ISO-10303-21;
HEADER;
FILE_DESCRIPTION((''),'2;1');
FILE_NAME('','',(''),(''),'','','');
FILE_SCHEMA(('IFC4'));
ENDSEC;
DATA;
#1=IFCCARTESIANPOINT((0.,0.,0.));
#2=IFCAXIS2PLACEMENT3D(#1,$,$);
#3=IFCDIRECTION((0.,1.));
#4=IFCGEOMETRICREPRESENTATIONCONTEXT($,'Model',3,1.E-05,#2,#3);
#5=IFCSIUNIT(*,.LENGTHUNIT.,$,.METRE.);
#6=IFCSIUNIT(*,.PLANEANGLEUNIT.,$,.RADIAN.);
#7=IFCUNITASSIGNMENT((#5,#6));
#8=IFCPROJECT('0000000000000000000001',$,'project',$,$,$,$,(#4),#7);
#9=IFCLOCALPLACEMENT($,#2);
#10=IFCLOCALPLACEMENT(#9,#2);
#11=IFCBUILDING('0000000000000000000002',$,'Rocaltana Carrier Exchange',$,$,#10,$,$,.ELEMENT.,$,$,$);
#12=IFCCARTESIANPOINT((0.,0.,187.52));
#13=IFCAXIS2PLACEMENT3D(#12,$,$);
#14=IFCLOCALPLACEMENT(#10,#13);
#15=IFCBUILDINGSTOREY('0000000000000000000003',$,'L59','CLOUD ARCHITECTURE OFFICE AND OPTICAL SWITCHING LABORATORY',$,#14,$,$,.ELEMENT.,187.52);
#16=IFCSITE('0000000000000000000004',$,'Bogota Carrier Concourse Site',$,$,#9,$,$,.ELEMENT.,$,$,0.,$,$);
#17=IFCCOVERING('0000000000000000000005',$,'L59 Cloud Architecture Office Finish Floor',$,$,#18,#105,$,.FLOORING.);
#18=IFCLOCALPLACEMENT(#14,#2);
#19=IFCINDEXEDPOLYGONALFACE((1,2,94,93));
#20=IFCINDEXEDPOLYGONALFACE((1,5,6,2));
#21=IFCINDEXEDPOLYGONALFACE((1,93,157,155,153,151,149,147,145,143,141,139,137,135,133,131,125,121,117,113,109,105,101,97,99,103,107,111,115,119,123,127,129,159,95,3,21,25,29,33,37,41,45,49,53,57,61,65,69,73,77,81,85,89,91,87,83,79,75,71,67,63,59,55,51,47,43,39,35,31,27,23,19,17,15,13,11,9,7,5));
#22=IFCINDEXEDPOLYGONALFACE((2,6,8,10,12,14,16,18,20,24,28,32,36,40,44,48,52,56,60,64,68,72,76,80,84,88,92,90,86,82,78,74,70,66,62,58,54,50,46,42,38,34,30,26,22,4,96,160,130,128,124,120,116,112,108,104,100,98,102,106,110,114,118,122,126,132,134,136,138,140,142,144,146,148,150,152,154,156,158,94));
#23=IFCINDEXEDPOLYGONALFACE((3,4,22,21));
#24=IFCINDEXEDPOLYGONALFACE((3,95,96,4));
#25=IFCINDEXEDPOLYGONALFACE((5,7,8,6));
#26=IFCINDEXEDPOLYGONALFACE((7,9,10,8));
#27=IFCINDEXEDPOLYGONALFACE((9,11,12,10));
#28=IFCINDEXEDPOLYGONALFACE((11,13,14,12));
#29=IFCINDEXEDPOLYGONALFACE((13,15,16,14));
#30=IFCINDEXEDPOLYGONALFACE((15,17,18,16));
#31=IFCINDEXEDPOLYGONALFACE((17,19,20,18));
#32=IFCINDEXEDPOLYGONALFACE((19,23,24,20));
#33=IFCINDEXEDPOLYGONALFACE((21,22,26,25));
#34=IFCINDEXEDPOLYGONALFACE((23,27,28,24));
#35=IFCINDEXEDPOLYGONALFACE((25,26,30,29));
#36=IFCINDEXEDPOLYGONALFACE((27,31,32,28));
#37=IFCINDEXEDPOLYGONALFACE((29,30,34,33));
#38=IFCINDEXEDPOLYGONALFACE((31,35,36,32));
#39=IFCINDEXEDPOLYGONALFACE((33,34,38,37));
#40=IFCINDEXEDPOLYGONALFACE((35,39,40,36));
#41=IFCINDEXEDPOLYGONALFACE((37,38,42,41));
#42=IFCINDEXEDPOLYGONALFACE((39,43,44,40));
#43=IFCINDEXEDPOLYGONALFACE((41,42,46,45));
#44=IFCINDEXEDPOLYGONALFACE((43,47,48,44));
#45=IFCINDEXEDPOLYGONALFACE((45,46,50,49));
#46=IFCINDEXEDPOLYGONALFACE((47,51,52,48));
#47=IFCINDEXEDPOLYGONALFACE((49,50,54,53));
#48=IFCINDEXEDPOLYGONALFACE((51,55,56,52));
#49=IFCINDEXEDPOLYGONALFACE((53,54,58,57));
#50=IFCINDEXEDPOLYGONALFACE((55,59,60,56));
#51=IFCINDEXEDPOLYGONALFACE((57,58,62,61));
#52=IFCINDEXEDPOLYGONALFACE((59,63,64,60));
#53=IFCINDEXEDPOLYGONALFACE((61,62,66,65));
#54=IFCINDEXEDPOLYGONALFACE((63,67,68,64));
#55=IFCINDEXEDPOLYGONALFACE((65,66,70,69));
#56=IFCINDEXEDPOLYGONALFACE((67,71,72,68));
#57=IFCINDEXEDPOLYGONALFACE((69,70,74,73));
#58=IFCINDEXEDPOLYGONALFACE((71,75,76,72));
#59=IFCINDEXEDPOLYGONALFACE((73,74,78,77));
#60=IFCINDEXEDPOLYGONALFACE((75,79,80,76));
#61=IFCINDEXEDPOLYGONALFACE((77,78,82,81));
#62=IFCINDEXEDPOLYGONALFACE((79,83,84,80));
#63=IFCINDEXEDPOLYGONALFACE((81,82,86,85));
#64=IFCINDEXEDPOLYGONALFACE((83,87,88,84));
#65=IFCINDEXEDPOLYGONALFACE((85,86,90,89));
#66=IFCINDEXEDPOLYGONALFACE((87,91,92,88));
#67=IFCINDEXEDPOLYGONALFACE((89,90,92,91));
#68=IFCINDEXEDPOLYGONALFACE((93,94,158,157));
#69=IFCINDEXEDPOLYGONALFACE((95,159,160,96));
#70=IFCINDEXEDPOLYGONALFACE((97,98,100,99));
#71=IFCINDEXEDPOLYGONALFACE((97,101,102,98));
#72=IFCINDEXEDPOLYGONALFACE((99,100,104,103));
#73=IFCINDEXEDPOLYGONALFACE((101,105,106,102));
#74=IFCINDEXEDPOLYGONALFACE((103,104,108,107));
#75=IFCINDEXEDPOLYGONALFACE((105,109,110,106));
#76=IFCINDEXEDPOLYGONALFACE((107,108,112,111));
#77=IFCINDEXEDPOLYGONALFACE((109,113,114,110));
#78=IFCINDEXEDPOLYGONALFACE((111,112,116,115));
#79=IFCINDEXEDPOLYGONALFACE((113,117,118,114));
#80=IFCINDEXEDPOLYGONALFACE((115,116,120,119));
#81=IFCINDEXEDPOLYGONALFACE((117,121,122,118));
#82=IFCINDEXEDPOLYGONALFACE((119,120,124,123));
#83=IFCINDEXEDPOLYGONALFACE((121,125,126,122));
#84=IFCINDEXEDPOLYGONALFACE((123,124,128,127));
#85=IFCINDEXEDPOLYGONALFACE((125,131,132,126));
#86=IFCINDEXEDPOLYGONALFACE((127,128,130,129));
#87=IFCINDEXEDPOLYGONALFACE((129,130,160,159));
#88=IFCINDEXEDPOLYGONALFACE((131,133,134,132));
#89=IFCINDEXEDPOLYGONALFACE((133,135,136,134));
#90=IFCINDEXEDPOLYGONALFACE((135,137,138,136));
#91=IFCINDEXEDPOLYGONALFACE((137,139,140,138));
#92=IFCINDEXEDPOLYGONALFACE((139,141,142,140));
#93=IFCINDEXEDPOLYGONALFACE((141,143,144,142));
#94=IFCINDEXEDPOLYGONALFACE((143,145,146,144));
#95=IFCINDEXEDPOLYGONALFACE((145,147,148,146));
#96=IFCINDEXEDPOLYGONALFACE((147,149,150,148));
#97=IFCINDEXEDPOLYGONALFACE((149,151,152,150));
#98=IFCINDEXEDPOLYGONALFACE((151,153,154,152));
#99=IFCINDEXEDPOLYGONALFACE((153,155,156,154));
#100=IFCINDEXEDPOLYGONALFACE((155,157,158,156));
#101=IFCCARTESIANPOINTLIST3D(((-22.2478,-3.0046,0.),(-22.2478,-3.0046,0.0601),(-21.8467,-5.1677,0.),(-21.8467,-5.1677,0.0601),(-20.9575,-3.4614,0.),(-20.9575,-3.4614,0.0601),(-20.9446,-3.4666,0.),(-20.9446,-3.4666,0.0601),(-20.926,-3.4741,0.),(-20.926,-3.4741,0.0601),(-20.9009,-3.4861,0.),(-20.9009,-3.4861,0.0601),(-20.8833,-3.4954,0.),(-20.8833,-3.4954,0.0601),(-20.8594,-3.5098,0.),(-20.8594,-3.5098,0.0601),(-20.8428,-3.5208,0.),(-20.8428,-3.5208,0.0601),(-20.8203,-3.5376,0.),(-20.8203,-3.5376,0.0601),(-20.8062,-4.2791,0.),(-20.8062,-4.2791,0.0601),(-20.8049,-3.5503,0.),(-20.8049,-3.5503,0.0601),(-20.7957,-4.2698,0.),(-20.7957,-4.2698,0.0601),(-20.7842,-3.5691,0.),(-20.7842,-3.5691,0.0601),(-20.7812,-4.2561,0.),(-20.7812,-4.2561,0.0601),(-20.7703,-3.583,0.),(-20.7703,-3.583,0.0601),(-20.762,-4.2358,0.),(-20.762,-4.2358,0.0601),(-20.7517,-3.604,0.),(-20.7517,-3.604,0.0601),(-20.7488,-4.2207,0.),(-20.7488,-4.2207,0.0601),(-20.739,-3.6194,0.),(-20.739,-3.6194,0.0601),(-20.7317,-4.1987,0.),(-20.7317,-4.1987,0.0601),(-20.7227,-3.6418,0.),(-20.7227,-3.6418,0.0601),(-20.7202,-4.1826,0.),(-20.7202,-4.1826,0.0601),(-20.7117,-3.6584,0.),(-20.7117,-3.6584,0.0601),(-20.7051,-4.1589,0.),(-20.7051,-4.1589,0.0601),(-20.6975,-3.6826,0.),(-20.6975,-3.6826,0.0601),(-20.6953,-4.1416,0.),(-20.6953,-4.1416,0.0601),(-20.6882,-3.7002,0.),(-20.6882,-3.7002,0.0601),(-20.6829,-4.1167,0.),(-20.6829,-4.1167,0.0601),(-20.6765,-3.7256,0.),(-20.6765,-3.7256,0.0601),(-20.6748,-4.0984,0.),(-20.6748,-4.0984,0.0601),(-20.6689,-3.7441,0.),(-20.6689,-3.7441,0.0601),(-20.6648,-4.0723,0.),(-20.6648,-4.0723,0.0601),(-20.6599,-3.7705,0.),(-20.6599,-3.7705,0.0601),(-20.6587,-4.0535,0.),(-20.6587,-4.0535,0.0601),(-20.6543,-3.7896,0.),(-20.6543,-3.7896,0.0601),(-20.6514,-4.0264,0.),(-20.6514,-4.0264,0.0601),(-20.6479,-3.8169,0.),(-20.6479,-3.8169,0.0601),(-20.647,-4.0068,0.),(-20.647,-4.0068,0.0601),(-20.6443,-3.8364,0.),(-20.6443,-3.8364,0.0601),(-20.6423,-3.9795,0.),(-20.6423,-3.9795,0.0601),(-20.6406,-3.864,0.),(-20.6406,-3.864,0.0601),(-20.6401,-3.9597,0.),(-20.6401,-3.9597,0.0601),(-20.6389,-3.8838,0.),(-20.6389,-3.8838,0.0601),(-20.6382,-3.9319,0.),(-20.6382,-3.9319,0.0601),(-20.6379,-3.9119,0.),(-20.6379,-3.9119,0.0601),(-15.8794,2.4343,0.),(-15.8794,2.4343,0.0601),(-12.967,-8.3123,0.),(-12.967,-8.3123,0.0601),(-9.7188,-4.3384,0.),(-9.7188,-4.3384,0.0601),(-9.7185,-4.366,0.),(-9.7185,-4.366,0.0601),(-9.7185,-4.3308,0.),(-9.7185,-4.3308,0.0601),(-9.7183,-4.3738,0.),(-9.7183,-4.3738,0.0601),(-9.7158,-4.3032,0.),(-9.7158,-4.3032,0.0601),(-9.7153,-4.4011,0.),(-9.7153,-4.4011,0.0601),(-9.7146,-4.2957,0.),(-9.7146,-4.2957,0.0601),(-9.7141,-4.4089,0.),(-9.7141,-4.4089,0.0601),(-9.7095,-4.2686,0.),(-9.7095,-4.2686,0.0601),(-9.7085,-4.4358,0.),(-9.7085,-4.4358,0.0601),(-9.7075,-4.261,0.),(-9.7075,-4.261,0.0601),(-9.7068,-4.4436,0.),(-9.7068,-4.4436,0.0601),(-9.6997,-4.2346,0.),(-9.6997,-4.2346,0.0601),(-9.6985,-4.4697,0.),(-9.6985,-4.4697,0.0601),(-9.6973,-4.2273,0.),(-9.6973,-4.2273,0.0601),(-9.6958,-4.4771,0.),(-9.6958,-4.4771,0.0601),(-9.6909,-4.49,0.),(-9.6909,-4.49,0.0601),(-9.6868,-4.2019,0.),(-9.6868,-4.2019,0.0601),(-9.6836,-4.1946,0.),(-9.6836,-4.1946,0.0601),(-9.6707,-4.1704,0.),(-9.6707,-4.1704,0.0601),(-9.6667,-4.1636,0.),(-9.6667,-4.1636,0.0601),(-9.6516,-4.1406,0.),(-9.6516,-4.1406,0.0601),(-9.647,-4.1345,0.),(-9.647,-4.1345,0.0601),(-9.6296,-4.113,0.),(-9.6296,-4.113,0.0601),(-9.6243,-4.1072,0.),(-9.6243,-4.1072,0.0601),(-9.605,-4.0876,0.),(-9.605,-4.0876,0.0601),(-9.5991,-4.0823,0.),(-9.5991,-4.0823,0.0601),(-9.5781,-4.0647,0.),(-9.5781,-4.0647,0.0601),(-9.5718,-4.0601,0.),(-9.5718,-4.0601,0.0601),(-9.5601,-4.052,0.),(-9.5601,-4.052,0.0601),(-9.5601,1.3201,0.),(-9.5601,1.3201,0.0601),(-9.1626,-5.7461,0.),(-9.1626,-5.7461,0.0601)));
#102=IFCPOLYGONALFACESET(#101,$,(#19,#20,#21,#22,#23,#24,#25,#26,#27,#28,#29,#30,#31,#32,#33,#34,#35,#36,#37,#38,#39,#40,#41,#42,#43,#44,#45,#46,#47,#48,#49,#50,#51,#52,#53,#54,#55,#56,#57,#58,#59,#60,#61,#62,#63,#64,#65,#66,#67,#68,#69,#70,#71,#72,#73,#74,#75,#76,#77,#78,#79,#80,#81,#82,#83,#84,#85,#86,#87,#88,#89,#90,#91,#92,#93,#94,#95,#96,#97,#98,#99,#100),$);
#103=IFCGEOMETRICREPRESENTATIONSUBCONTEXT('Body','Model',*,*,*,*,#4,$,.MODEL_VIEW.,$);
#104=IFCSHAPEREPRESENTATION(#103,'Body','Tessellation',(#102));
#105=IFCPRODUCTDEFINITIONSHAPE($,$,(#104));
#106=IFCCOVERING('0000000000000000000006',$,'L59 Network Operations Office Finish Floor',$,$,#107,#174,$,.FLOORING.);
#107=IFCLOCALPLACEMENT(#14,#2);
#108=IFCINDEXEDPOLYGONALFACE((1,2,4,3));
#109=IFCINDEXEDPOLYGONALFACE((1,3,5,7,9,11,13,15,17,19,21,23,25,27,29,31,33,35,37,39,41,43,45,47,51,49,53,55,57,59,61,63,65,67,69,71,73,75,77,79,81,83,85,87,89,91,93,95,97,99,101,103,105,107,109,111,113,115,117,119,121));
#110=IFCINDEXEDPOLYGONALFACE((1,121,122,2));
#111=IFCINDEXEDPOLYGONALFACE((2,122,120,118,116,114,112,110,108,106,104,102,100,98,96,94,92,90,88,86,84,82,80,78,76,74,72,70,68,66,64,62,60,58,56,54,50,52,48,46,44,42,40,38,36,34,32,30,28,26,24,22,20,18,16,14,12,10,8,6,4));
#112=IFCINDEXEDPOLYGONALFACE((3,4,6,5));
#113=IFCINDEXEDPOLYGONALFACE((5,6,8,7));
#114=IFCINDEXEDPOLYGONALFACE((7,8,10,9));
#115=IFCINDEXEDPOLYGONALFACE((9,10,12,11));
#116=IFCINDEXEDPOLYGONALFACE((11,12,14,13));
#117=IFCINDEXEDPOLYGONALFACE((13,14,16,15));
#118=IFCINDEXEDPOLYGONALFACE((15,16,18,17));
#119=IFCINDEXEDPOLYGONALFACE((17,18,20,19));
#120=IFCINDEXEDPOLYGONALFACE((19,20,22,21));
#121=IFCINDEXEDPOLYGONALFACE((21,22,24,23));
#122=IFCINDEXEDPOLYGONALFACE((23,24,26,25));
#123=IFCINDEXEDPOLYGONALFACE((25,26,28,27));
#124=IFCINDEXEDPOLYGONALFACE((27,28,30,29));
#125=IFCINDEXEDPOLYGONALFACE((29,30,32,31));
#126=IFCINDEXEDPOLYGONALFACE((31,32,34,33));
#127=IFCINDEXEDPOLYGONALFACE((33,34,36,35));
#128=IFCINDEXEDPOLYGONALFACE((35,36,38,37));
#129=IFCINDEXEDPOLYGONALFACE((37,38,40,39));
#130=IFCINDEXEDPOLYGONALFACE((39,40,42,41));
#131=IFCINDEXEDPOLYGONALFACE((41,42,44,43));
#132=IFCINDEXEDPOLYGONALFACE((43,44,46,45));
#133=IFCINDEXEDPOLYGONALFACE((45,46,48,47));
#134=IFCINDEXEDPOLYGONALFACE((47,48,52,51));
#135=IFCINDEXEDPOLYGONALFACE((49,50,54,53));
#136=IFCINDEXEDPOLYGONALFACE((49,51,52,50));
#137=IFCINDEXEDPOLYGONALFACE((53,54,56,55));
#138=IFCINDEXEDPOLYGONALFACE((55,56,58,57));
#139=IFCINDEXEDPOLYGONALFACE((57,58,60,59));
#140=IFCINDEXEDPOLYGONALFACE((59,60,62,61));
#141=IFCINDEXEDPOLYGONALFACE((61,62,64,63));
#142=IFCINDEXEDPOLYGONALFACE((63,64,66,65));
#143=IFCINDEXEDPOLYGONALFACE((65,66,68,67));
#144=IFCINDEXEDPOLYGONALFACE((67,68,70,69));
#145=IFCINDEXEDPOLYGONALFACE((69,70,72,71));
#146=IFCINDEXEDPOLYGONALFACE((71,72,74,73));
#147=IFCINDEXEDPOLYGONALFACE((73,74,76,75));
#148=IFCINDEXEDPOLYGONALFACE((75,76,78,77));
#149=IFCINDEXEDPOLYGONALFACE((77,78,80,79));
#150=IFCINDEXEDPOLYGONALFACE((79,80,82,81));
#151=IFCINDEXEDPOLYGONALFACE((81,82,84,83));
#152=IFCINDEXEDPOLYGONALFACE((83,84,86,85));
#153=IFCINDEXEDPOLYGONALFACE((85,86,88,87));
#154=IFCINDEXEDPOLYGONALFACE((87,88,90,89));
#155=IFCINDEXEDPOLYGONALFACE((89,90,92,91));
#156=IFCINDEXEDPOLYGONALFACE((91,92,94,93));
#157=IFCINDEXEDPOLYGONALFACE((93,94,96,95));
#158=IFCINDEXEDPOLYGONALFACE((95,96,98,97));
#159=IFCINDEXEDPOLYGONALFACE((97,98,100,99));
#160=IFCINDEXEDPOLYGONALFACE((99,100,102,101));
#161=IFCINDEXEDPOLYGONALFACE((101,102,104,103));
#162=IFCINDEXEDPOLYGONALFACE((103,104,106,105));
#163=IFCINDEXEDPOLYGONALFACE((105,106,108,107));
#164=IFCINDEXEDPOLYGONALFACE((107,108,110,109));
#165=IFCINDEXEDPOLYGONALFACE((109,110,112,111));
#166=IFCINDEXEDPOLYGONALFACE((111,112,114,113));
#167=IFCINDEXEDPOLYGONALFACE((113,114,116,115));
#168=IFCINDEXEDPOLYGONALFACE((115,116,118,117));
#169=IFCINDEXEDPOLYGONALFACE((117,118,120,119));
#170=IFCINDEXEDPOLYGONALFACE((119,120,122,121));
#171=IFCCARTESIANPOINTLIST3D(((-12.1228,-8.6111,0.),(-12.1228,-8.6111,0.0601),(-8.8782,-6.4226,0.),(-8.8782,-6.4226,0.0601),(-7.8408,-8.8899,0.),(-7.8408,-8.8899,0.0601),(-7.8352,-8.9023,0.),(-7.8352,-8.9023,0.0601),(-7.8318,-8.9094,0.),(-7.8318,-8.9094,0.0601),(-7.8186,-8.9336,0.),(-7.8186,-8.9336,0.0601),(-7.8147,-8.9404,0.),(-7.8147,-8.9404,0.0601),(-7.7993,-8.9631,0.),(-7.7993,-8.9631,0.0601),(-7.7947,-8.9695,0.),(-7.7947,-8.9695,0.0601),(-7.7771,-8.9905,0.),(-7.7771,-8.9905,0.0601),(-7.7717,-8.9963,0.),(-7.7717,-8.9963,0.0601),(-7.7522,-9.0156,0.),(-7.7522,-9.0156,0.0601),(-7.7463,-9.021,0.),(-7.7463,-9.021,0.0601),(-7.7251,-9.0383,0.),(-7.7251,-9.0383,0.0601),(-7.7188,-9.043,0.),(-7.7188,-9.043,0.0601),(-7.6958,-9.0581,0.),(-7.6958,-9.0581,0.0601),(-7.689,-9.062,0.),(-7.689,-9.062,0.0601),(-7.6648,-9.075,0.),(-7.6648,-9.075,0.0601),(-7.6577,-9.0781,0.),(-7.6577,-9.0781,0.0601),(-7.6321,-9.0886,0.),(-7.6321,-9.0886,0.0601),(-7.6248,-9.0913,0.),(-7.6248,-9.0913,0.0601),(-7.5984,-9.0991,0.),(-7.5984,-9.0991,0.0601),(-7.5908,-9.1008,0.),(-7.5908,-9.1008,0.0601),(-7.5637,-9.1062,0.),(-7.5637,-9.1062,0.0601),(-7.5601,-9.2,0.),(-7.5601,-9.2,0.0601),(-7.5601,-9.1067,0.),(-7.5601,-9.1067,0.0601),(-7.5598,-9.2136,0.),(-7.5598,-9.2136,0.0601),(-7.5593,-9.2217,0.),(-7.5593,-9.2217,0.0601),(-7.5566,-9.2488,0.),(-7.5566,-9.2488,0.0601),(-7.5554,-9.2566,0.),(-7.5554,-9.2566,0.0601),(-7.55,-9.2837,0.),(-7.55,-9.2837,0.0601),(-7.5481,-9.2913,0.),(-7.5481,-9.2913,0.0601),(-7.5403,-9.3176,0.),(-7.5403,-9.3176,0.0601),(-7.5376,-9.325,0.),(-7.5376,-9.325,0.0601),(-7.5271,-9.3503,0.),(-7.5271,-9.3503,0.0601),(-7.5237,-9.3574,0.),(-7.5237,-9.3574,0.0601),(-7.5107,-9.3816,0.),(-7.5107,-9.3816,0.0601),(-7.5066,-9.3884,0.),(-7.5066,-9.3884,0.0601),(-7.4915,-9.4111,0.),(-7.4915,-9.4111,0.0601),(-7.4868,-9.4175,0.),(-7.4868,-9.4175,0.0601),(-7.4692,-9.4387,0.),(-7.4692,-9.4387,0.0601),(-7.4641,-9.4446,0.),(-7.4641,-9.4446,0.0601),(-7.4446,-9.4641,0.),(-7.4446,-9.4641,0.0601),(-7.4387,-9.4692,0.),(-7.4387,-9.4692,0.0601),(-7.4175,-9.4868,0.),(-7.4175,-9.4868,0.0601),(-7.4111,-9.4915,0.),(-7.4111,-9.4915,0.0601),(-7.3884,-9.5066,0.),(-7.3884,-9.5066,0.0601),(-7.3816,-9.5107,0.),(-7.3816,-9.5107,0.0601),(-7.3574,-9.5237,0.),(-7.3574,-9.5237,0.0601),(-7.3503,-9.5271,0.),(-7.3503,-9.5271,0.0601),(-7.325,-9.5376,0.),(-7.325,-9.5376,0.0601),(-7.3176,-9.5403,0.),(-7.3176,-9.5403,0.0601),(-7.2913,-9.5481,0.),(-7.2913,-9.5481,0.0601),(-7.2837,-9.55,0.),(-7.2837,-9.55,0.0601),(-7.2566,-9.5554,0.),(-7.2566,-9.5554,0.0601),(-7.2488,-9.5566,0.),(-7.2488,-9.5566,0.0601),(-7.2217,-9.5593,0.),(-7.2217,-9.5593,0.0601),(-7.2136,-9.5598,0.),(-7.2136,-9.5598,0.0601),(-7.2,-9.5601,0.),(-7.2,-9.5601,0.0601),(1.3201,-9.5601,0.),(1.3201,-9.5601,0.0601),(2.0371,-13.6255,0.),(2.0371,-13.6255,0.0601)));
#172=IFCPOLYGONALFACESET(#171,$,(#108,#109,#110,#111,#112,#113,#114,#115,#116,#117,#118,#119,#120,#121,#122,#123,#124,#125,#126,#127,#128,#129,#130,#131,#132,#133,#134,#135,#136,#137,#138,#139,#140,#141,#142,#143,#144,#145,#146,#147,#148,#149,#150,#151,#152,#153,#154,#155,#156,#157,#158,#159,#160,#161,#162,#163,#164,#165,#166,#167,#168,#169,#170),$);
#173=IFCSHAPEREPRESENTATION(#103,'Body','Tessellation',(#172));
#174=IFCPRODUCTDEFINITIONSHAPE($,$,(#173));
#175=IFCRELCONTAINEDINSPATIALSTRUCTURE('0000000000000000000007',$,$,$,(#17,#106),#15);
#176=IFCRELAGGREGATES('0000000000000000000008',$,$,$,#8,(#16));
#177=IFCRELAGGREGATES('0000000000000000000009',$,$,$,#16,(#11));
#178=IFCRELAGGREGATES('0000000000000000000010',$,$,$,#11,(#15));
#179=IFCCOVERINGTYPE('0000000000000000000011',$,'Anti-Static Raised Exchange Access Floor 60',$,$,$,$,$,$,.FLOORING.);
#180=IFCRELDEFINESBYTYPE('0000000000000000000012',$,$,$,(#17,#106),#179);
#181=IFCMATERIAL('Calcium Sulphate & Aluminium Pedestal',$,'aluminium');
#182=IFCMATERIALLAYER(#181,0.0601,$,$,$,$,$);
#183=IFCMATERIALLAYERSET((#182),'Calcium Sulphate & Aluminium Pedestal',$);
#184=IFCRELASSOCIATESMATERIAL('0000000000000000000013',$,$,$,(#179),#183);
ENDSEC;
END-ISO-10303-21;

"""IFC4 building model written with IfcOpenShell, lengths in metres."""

from ifc_helpers import new_model, si_unit, direction, frame, origin, place, context, subcontext, project, spatial, polyline, outline, extrude, material, layer, layer_set, type_object, element, save


model = new_model("IFC4")

# Units and contexts
model_context = context("Model", 3, precision=1e-05, world=origin(), true_north=direction((0.0, 1.0)))
body_context = subcontext(model_context, "Body", "Model", "MODEL_VIEW")
ifc_project = project(units=[si_unit("LENGTHUNIT", "METRE"), si_unit("PLANEANGLEUNIT", "RADIAN")], contexts=[model_context])

# Site, building, storey
site_placement = place(None, origin())
site = spatial("IfcSite", under=ifc_project, at=site_placement, Name="Bogota Carrier Concourse Site", CompositionType="ELEMENT", RefElevation=0.0)
building_placement = place(site_placement, origin())
building = spatial("IfcBuilding", under=site, at=building_placement, Name="Rocaltana Carrier Exchange", CompositionType="ELEMENT")
storey_placement = place(building_placement, frame((0.0, 0.0, 187.52)))
storey = spatial("IfcBuildingStorey", under=building, at=storey_placement, Name="L59", Description="CLOUD ARCHITECTURE OFFICE AND OPTICAL SWITCHING LABORATORY", CompositionType="ELEMENT", Elevation=187.52)

# Coverings
ifc_material_1 = material(Name="Calcium Sulphate & Aluminium Pedestal", Category="aluminium")
ifc_layer_1 = layer(ifc_material_1, 0.0601)
ifc_layer_set_1 = layer_set([ifc_layer_1], Name="Calcium Sulphate & Aluminium Pedestal")
covering_type_1 = type_object("IfcCoveringType", Name="Anti-Static Raised Exchange Access Floor 60", PredefinedType="FLOORING", material=ifc_layer_set_1)
covering_1_placement = place(storey_placement, origin())
element("IfcCovering", 1, at=covering_1_placement, inside=storey, type_object=covering_type_1, Name="L59 Cloud Architecture Office Finish Floor", PredefinedType="FLOORING", context=body_context, shape_type="SweptSolid", body=[
    extrude(outline(polyline([(-20.8062, -4.2791), (-20.7957, -4.2698), (-20.7812, -4.2561), (-20.762, -4.2358), (-20.7488, -4.2207), (-20.7317, -4.1987), (-20.7202, -4.1826), (-20.7051, -4.1589), (-20.6953, -4.1416), (-20.6829, -4.1167), (-20.6748, -4.0984), (-20.6648, -4.0723), (-20.6587, -4.0535), (-20.6514, -4.0264), (-20.647, -4.0068), (-20.6423, -3.9795), (-20.6401, -3.9597), (-20.6382, -3.9319), (-20.6379, -3.9119), (-20.6389, -3.8838), (-20.6406, -3.864), (-20.6443, -3.8364), (-20.6479, -3.8169), (-20.6543, -3.7896), (-20.6599, -3.7705), (-20.6689, -3.7441), (-20.6765, -3.7256), (-20.6882, -3.7002), (-20.6975, -3.6826), (-20.7117, -3.6584), (-20.7227, -3.6418), (-20.739, -3.6194), (-20.7517, -3.604), (-20.7703, -3.583), (-20.7842, -3.5691), (-20.8049, -3.5503), (-20.8203, -3.5376), (-20.8428, -3.5208), (-20.8594, -3.5098), (-20.8833, -3.4954), (-20.9009, -3.4861), (-20.926, -3.4741), (-20.9446, -3.4666), (-20.9575, -3.4614), (-22.2478, -3.0046), (-15.8794, 2.4343), (-9.5601, 1.3201), (-9.5601, -4.052), (-9.5718, -4.0601), (-9.5781, -4.0647), (-9.5991, -4.0823), (-9.605, -4.0876), (-9.6243, -4.1072), (-9.6296, -4.113), (-9.647, -4.1345), (-9.6516, -4.1406), (-9.6667, -4.1636), (-9.6707, -4.1704), (-9.6836, -4.1946), (-9.6868, -4.2019), (-9.6973, -4.2273), (-9.6997, -4.2346), (-9.7075, -4.261), (-9.7095, -4.2686), (-9.7146, -4.2957), (-9.7158, -4.3032), (-9.7185, -4.3308), (-9.7188, -4.3384), (-9.7185, -4.366), (-9.7183, -4.3738), (-9.7153, -4.4011), (-9.7141, -4.4089), (-9.7085, -4.4358), (-9.7068, -4.4436), (-9.6985, -4.4697), (-9.6958, -4.4771), (-9.6909, -4.49), (-9.1626, -5.7461), (-12.967, -8.3123), (-21.8467, -5.1677), (-20.8062, -4.2791)])), origin(), (0.0, 0.0, 1.0), 0.0601),
])
covering_2_placement = place(storey_placement, origin())
element("IfcCovering", 2, at=covering_2_placement, inside=storey, type_object=covering_type_1, Name="L59 Network Operations Office Finish Floor", PredefinedType="FLOORING", context=body_context, shape_type="SweptSolid", body=[
    extrude(outline(polyline([(-12.1228, -8.6111), (-8.8782, -6.4226), (-7.8408, -8.8899), (-7.8352, -8.9023), (-7.8318, -8.9094), (-7.8186, -8.9336), (-7.8147, -8.9404), (-7.7993, -8.9631), (-7.7947, -8.9695), (-7.7771, -8.9905), (-7.7717, -8.9963), (-7.7522, -9.0156), (-7.7463, -9.021), (-7.7251, -9.0383), (-7.7188, -9.043), (-7.6958, -9.0581), (-7.689, -9.062), (-7.6648, -9.075), (-7.6577, -9.0781), (-7.6321, -9.0886), (-7.6248, -9.0913), (-7.5984, -9.0991), (-7.5908, -9.1008), (-7.5637, -9.1062), (-7.5601, -9.1067), (-7.5601, -9.2), (-7.5598, -9.2136), (-7.5593, -9.2217), (-7.5566, -9.2488), (-7.5554, -9.2566), (-7.55, -9.2837), (-7.5481, -9.2913), (-7.5403, -9.3176), (-7.5376, -9.325), (-7.5271, -9.3503), (-7.5237, -9.3574), (-7.5107, -9.3816), (-7.5066, -9.3884), (-7.4915, -9.4111), (-7.4868, -9.4175), (-7.4692, -9.4387), (-7.4641, -9.4446), (-7.4446, -9.4641), (-7.4387, -9.4692), (-7.4175, -9.4868), (-7.4111, -9.4915), (-7.3884, -9.5066), (-7.3816, -9.5107), (-7.3574, -9.5237), (-7.3503, -9.5271), (-7.325, -9.5376), (-7.3176, -9.5403), (-7.2913, -9.5481), (-7.2837, -9.55), (-7.2566, -9.5554), (-7.2488, -9.5566), (-7.2217, -9.5593), (-7.2136, -9.5598), (-7.2, -9.5601), (1.3201, -9.5601), (2.0371, -13.6255), (-12.1228, -8.6111)])), origin(), (0.0, 0.0, 1.0), 0.0601),
])

save(model, "model.ifc")
